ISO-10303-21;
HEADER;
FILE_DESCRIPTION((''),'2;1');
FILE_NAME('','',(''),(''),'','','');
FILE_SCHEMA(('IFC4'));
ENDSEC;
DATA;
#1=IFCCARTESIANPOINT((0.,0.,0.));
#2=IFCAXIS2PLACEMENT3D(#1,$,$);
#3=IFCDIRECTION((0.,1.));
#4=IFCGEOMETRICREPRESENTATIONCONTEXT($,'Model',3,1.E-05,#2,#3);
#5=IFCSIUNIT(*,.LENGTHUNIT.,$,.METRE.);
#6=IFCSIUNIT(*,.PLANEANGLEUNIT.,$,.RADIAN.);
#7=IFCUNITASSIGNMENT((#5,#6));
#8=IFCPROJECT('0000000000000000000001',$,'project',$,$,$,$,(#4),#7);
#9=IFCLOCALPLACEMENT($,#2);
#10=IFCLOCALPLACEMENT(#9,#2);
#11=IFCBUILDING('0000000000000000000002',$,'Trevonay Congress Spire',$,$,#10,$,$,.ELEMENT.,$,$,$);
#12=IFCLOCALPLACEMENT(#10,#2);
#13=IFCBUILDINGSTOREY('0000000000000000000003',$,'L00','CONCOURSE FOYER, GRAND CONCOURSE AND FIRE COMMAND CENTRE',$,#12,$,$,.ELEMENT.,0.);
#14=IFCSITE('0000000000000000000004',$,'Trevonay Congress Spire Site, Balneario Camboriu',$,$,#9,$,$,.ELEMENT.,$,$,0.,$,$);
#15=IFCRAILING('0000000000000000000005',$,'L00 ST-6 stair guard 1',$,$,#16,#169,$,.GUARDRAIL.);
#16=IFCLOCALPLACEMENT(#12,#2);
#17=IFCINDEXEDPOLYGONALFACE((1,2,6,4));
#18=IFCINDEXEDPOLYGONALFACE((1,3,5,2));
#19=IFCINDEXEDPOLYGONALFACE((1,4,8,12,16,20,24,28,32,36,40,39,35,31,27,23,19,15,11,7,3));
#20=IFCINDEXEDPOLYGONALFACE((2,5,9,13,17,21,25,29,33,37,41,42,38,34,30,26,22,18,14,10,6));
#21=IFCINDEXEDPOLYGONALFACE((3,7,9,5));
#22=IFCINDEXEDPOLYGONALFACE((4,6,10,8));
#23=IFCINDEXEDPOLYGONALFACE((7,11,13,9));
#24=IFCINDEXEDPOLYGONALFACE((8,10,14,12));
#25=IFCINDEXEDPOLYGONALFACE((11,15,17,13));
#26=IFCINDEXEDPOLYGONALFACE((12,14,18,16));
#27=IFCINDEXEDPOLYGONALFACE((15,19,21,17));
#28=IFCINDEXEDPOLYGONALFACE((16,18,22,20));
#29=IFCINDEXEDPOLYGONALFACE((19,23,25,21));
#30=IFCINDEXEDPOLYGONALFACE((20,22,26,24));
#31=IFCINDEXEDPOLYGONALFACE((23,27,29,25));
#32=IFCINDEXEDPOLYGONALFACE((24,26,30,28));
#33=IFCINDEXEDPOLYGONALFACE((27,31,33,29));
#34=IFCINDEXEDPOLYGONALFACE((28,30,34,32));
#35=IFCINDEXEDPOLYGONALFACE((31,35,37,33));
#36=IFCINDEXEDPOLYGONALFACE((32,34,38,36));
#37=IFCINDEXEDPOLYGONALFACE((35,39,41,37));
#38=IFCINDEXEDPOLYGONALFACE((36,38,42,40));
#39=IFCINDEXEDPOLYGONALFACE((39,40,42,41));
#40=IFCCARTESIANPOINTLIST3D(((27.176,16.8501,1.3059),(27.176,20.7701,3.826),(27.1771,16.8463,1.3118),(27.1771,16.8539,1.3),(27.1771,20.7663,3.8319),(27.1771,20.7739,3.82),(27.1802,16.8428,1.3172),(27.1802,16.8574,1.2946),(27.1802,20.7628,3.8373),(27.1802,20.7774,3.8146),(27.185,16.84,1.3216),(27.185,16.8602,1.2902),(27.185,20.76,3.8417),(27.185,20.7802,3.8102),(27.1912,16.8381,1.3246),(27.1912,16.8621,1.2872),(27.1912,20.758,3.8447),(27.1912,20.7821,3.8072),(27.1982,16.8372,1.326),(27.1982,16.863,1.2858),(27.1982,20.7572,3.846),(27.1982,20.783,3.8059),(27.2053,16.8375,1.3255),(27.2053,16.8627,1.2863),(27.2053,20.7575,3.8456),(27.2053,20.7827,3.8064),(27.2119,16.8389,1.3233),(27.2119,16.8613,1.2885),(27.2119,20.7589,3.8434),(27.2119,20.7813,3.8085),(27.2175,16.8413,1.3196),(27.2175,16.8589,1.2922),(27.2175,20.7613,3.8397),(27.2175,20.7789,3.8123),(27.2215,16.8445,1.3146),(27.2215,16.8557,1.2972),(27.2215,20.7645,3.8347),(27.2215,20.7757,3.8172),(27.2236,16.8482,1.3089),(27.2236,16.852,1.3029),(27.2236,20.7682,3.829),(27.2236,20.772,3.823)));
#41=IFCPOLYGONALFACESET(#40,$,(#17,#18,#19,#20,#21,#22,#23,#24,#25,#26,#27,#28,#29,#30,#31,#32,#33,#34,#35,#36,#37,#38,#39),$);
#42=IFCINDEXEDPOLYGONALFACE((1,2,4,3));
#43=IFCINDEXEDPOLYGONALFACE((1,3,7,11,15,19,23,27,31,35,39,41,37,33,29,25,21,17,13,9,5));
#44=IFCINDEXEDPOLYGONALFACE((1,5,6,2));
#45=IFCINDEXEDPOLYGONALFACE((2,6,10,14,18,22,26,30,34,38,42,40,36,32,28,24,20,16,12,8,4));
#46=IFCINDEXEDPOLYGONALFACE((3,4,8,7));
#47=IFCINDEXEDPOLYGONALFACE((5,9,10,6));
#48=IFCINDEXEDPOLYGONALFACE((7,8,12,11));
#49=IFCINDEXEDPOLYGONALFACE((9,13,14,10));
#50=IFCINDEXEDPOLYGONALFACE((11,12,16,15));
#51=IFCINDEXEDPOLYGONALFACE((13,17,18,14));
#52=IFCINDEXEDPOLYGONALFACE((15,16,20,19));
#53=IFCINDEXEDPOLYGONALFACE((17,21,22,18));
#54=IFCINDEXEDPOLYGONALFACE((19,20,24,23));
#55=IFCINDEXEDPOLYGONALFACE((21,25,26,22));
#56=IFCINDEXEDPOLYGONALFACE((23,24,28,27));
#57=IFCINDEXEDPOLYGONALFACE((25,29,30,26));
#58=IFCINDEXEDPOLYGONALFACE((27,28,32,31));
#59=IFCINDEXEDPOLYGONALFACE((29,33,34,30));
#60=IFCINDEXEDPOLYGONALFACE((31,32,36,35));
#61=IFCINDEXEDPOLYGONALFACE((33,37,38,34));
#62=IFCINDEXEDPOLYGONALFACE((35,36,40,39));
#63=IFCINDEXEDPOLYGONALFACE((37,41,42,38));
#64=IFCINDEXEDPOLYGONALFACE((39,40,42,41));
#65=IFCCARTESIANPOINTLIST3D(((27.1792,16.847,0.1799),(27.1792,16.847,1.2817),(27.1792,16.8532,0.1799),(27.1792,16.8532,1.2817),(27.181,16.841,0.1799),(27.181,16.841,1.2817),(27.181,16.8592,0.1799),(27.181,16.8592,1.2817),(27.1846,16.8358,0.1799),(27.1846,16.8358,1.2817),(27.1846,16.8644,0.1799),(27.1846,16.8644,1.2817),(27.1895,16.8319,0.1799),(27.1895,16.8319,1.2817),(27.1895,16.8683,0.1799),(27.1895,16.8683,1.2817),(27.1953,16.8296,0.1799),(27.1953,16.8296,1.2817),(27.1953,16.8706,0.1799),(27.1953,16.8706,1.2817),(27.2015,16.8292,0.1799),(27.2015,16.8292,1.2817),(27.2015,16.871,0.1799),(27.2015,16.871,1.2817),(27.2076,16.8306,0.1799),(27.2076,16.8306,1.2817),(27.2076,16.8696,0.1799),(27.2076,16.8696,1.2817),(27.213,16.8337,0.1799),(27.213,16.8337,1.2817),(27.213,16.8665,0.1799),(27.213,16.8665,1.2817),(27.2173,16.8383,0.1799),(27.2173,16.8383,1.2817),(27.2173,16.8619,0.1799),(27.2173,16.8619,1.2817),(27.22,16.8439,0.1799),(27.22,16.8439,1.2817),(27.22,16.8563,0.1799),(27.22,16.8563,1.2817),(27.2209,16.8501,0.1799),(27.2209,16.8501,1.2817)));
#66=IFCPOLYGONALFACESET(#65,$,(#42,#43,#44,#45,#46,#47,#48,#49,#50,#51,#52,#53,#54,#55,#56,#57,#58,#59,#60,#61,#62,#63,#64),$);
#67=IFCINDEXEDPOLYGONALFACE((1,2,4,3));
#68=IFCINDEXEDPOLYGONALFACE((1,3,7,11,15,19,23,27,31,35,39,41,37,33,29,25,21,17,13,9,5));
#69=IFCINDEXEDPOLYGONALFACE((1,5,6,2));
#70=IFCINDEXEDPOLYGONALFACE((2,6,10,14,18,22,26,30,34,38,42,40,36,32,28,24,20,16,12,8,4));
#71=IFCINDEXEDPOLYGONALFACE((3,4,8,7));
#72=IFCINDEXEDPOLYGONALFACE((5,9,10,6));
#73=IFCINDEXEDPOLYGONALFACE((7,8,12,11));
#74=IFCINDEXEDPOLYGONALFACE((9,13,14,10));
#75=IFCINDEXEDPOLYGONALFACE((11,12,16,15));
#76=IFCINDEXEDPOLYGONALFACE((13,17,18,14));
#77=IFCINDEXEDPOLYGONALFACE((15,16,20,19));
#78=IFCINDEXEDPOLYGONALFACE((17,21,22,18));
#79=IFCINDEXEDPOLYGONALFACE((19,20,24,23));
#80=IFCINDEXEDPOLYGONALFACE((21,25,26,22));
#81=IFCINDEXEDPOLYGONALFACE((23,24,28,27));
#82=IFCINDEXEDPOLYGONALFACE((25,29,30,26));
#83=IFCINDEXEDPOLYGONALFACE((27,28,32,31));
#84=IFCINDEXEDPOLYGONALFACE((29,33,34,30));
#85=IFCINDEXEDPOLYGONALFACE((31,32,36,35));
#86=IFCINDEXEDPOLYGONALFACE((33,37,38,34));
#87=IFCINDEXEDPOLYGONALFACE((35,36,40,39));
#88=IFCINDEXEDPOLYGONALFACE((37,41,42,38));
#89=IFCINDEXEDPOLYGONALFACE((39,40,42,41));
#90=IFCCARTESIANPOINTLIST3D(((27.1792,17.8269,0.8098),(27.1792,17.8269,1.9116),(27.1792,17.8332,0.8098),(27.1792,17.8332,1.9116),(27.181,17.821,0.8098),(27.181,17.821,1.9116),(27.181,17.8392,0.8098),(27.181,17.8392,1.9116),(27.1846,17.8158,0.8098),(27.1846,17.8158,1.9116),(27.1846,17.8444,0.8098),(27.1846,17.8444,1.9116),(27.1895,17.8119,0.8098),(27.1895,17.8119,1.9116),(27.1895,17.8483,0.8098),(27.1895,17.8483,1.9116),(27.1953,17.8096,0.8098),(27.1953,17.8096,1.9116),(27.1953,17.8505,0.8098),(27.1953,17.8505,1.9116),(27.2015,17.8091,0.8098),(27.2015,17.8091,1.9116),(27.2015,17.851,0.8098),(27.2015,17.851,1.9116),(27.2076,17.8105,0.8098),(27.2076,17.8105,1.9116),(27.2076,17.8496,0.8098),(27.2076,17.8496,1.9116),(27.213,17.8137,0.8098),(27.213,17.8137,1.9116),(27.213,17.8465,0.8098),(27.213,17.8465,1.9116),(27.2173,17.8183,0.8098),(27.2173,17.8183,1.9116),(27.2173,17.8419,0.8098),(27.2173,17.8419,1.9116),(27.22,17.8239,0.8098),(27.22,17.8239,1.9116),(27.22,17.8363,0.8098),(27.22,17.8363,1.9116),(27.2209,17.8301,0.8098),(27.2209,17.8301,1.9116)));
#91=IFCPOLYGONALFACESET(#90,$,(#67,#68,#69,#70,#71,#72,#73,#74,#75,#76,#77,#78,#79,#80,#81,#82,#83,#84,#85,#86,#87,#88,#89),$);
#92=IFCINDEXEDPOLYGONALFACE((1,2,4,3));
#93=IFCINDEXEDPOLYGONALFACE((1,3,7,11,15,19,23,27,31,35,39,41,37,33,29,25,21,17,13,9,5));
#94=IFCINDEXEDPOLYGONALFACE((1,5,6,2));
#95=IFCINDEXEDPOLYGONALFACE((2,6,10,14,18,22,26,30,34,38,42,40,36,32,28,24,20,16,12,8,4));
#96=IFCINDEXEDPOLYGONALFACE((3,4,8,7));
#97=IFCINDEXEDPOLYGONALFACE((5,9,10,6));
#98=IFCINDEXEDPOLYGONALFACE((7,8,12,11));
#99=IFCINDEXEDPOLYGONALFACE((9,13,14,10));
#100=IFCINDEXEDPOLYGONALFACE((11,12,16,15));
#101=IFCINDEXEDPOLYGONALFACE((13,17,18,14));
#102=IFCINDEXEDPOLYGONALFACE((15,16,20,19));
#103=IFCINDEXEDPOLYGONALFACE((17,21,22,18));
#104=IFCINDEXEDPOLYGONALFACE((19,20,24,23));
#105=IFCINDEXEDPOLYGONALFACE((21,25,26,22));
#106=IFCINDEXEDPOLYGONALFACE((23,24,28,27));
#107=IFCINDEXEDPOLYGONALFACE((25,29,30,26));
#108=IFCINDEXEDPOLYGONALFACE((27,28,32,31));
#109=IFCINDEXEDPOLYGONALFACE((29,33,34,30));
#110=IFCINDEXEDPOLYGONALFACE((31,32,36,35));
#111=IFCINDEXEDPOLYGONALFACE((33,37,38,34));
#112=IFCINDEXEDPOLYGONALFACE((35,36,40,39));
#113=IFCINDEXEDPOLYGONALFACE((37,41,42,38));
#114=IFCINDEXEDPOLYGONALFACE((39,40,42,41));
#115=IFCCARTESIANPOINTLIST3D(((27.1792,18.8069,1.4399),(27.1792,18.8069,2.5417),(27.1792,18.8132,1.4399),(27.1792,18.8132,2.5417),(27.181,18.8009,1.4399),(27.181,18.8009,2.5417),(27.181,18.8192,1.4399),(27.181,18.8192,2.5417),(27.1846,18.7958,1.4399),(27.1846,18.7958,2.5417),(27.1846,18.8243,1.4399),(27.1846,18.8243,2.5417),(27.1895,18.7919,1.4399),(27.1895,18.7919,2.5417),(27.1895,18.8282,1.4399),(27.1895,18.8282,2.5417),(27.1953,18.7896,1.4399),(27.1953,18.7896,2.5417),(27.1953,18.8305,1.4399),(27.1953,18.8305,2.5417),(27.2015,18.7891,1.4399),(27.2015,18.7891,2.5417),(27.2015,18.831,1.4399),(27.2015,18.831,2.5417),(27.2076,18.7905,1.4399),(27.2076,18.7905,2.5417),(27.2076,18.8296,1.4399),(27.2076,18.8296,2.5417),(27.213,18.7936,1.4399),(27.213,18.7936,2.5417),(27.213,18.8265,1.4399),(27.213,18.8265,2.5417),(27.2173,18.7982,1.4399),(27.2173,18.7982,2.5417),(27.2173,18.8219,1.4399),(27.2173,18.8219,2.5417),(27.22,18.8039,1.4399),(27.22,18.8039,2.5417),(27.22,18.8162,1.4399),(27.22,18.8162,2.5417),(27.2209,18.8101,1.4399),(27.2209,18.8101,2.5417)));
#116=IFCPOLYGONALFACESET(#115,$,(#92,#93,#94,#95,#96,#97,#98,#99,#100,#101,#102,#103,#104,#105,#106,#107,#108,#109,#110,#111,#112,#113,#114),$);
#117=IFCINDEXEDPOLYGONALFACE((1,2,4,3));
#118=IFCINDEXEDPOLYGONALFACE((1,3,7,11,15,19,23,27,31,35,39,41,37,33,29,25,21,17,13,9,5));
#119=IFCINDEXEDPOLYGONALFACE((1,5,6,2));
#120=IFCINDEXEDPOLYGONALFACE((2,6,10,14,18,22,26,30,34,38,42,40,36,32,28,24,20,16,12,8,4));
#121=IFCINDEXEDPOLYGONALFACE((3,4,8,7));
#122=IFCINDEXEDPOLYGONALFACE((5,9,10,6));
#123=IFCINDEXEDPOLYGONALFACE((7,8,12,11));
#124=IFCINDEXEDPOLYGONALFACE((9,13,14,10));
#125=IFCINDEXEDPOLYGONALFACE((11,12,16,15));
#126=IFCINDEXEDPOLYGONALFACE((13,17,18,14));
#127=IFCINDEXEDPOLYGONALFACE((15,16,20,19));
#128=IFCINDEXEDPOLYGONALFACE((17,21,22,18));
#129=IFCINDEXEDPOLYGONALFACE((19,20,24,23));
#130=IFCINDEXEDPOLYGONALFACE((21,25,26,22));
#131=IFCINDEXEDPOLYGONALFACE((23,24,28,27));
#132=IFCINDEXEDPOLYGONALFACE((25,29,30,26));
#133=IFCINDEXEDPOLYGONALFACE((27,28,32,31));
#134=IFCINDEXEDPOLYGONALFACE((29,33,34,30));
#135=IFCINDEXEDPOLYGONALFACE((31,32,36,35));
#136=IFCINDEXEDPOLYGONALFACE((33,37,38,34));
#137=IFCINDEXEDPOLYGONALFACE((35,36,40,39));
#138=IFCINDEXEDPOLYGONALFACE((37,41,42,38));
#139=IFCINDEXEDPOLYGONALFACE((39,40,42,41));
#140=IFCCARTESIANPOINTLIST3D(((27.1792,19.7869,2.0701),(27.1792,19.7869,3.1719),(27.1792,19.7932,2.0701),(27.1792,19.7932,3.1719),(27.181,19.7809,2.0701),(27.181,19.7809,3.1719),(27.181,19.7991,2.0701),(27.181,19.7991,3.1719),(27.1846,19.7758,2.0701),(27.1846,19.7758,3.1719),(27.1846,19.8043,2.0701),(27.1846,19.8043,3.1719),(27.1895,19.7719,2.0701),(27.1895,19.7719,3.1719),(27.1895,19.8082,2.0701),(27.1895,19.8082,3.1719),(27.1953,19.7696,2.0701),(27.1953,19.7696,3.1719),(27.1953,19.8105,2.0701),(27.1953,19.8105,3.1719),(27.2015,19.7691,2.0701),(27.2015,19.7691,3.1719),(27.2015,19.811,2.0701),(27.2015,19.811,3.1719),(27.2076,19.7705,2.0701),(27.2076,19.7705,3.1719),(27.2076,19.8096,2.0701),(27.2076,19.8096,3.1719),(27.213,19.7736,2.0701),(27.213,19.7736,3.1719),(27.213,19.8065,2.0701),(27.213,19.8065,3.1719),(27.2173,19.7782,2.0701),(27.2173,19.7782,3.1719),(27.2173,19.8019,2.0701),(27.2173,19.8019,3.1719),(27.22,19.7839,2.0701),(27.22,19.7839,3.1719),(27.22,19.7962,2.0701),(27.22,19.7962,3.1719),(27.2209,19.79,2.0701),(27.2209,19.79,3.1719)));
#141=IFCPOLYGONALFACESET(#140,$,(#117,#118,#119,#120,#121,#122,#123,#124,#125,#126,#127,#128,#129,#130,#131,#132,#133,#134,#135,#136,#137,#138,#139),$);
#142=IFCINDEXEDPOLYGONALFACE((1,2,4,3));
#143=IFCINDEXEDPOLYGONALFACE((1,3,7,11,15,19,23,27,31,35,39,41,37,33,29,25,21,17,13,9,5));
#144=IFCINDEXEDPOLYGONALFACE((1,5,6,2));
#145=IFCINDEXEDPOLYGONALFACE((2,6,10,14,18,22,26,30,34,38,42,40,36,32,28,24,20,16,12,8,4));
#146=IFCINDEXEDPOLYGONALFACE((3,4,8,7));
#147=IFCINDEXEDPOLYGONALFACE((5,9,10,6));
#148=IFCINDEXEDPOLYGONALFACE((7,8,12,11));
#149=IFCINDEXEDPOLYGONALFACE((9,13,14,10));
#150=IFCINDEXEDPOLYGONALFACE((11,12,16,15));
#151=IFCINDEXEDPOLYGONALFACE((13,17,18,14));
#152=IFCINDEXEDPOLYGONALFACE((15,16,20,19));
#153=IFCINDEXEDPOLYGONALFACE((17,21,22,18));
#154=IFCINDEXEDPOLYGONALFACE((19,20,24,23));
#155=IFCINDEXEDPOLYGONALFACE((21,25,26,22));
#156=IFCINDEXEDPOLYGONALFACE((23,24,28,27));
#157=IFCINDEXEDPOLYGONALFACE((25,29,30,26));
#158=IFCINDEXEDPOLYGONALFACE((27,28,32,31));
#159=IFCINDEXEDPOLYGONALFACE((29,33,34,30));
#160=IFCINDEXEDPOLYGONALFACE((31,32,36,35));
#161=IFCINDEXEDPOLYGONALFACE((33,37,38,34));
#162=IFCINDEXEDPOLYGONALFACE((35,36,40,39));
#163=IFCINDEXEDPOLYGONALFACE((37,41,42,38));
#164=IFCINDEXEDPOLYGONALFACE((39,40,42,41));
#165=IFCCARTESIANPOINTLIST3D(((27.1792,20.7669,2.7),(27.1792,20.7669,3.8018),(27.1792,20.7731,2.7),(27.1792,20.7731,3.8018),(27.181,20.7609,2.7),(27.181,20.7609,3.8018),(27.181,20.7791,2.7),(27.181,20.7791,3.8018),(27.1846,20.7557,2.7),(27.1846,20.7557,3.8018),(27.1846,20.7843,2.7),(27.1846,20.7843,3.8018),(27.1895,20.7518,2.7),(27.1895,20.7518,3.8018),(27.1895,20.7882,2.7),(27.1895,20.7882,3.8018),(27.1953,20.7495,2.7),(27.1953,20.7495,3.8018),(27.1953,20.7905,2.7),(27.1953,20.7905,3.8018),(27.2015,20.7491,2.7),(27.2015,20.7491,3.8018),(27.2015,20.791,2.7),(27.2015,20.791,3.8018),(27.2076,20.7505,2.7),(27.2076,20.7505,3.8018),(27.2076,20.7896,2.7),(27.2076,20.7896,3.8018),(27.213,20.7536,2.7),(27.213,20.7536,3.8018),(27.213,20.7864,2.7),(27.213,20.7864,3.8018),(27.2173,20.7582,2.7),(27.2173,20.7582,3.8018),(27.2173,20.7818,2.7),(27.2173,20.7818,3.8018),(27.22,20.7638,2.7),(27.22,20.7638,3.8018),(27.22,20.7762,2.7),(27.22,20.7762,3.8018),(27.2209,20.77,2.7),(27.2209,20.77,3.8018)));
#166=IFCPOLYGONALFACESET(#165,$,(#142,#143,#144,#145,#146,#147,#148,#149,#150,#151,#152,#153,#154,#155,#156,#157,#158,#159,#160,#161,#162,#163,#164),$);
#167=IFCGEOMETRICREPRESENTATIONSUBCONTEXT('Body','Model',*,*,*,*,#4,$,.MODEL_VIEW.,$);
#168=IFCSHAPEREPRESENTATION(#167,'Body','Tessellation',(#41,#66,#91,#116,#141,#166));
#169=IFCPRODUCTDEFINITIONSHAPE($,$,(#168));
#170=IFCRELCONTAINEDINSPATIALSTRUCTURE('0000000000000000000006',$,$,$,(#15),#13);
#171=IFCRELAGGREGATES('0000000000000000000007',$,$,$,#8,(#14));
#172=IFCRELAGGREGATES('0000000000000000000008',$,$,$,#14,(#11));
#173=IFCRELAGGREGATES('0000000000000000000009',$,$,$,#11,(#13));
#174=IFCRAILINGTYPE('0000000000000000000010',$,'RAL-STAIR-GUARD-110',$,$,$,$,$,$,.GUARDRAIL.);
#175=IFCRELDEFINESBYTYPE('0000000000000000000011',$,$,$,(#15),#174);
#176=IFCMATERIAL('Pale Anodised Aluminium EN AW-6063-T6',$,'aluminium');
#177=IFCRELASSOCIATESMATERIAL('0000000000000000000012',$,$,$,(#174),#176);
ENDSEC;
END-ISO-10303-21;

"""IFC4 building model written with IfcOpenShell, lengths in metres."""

from ifc_helpers import new_model, si_unit, direction, frame, origin, origin_2d, place, context, subcontext, project, spatial, circle, extrude, material, type_object, element, save


model = new_model("IFC4")

# Units and contexts
model_context = context("Model", 3, precision=1e-05, world=origin(), true_north=direction((0.0, 1.0)))
body_context = subcontext(model_context, "Body", "Model", "MODEL_VIEW")
ifc_project = project(units=[si_unit("LENGTHUNIT", "METRE"), si_unit("PLANEANGLEUNIT", "RADIAN")], contexts=[model_context])

# Site, building, storey
site_placement = place(None, origin())
site = spatial("IfcSite", under=ifc_project, at=site_placement, Name="Trevonay Congress Spire Site, Balneario Camboriu", CompositionType="ELEMENT", RefElevation=0.0)
building_placement = place(site_placement, origin())
building = spatial("IfcBuilding", under=site, at=building_placement, Name="Trevonay Congress Spire", CompositionType="ELEMENT")
storey_placement = place(building_placement, origin())
storey = spatial("IfcBuildingStorey", under=building, at=storey_placement, Name="L00", Description="CONCOURSE FOYER, GRAND CONCOURSE AND FIRE COMMAND CENTRE", CompositionType="ELEMENT", Elevation=0.0)

# Shared definitions
ifc_material_1 = material(Name="Pale Anodised Aluminium EN AW-6063-T6", Category="aluminium")

# Railing
railing_type_1 = type_object("IfcRailingType", Name="RAL-STAIR-GUARD-110", PredefinedType="GUARDRAIL", material=ifc_material_1)
railing_1_placement = place(storey_placement, frame((27.2, 16.8501, 0.1799)))
element("IfcRailing", 1, at=railing_1_placement, inside=storey, type_object=railing_type_1, Name="L00 ST-6 stair guard 1", PredefinedType="GUARDRAIL", context=body_context, shape_type="SweptSolid", body=[
    extrude(circle(Radius=0.0239, at=origin_2d()), frame((0.0, 0.0, 1.126), z_axis=(0.0, 0.841172, 0.540768), x_axis=(-1.0, 0.0, 0.0)), (0.0, 0.0, 1.0), 4.6602),
    extrude(circle(Radius=0.021, at=origin_2d()), origin(), (0.0, 0.0, 1.0), 1.1018),
    extrude(circle(Radius=0.021, at=origin_2d()), frame((0.0, 0.98, 0.6299)), (0.0, 0.0, 1.0), 1.1018),
    extrude(circle(Radius=0.021, at=origin_2d()), frame((0.0, 1.96, 1.26)), (0.0, 0.0, 1.0), 1.1018),
    extrude(circle(Radius=0.021, at=origin_2d()), frame((0.0, 2.9399, 1.8901)), (0.0, 0.0, 1.0), 1.1018),
    extrude(circle(Radius=0.021, at=origin_2d()), frame((0.0, 3.9199, 2.52)), (0.0, 0.0, 1.0), 1.1018),
])

save(model, "model.ifc")
